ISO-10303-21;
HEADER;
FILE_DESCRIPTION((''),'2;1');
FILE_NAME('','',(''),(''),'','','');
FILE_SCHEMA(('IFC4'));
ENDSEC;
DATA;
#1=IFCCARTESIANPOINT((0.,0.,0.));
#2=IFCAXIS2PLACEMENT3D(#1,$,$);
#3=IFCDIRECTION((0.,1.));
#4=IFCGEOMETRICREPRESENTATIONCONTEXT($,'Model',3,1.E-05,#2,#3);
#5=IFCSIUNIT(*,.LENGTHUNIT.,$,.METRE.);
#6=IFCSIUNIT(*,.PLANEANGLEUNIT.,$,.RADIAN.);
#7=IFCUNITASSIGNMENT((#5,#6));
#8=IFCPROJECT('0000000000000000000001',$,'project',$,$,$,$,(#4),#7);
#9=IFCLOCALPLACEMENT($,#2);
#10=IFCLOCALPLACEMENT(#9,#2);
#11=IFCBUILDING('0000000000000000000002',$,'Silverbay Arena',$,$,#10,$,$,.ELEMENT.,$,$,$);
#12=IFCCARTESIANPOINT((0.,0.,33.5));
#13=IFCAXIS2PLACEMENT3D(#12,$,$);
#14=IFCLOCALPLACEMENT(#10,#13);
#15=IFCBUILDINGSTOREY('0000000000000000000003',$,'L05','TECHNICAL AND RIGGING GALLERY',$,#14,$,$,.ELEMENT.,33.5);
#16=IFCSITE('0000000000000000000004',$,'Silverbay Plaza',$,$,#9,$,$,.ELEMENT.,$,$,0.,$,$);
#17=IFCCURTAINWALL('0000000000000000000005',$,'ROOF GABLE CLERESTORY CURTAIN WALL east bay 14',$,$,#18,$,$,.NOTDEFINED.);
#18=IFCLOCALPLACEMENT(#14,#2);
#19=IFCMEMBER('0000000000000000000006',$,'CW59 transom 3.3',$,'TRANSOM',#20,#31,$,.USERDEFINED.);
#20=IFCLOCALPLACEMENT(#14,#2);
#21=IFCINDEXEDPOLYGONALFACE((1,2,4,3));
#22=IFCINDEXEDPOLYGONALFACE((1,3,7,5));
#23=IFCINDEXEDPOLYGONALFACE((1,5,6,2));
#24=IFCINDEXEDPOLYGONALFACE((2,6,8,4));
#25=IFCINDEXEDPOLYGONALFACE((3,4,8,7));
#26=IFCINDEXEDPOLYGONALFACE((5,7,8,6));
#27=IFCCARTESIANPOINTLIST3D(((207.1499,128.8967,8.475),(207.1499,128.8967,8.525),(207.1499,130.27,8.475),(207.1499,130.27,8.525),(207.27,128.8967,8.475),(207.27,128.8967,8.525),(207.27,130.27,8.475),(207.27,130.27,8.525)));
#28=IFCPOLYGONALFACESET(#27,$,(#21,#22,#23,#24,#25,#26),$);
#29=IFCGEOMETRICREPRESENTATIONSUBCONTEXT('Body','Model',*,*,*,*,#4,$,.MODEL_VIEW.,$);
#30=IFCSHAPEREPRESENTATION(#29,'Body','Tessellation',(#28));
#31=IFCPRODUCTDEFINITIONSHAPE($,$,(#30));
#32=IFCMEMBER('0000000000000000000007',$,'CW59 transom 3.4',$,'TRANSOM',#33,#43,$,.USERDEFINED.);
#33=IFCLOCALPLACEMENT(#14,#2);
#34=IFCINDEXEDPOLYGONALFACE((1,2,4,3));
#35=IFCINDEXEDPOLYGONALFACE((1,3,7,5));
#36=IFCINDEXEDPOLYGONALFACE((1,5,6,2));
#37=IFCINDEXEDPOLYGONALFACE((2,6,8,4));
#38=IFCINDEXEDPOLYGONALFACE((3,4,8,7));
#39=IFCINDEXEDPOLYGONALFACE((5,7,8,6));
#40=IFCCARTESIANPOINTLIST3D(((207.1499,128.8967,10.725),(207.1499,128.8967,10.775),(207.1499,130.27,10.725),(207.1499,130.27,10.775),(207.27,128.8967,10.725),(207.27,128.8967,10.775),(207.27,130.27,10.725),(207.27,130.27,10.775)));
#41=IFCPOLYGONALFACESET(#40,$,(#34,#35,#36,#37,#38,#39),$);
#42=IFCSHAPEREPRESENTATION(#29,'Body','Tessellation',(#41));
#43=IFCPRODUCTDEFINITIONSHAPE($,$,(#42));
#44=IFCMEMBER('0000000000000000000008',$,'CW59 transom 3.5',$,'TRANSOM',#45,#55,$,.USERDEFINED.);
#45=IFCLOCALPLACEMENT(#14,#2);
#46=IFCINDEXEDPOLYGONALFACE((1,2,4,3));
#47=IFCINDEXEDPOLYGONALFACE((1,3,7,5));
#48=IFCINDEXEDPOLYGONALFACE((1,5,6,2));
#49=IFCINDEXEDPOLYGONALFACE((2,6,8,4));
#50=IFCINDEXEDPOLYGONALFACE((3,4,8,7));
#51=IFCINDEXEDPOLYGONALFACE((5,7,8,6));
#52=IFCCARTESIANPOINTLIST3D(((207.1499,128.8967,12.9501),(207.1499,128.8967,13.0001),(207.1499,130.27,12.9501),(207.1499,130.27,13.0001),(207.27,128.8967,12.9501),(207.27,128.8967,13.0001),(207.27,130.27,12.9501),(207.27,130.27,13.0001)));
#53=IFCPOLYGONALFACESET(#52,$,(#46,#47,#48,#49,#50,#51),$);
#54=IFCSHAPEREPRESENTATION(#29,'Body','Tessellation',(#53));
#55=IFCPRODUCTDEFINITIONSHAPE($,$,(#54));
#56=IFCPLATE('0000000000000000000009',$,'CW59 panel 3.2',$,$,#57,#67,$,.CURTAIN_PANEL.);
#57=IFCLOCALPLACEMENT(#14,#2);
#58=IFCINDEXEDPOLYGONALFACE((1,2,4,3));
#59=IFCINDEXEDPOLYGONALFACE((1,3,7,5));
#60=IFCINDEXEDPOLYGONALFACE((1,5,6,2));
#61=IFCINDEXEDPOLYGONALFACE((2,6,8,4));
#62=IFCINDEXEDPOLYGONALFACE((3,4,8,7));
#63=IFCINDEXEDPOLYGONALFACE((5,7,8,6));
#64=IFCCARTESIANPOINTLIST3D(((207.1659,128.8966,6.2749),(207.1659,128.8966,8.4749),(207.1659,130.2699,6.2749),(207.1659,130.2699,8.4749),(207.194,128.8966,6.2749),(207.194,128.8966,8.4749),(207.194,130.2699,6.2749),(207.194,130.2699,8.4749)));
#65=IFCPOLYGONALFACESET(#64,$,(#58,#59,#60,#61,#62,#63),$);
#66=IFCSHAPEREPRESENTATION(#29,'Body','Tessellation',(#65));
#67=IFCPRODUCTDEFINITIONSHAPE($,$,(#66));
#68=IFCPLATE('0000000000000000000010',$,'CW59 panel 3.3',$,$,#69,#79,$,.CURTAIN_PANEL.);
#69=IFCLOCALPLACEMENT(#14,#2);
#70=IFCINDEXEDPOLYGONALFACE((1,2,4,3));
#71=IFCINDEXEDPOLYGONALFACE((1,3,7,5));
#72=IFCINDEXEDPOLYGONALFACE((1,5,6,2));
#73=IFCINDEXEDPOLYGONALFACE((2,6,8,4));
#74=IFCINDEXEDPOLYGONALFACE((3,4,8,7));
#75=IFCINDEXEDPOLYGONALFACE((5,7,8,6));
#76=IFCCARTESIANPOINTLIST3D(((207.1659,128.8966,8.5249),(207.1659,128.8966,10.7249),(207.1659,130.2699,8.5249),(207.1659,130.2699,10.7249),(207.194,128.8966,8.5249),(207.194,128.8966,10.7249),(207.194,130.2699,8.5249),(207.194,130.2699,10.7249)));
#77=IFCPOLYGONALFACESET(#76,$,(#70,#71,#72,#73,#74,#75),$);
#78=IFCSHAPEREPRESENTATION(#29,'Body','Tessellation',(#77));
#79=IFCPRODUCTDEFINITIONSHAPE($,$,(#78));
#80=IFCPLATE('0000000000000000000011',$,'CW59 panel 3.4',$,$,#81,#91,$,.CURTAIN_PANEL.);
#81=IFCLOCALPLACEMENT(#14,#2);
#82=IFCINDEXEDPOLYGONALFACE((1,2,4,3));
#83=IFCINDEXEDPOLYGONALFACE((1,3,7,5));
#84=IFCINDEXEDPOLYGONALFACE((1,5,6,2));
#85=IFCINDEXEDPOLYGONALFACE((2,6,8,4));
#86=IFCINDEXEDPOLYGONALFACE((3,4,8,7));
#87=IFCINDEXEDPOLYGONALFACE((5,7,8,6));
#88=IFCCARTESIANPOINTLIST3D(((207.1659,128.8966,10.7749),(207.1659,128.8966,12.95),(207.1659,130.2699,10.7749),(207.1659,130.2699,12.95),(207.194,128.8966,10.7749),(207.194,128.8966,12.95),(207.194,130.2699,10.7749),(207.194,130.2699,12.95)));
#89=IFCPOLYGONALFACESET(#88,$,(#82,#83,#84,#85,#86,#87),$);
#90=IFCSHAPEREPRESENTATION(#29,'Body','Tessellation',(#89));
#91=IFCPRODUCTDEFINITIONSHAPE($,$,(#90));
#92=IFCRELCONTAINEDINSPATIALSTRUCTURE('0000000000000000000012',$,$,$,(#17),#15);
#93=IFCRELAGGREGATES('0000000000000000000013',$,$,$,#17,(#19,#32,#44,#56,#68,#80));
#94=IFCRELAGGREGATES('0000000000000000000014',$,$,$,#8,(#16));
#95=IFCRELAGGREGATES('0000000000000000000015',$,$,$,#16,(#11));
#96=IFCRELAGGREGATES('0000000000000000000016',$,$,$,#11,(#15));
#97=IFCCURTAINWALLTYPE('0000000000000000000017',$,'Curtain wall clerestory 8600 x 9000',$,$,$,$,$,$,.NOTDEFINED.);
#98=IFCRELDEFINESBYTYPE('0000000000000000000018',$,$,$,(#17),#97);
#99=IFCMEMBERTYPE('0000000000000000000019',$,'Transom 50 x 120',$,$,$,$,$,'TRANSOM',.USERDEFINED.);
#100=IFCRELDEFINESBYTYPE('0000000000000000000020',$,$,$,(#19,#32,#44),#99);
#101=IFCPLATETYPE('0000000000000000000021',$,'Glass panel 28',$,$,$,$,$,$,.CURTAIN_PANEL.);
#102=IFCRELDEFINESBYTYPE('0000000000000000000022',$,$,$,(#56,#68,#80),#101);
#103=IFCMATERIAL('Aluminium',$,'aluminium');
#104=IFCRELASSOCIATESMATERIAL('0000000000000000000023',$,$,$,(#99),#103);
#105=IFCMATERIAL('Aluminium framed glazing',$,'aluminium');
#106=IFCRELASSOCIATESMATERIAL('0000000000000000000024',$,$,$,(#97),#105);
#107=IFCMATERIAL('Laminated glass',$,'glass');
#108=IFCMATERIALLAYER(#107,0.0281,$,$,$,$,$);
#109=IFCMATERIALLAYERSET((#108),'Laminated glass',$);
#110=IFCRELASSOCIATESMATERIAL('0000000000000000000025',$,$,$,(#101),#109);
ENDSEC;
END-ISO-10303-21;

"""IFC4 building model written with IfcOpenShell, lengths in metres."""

from ifc_helpers import new_model, si_unit, direction, frame, origin, origin_2d, place, context, subcontext, project, spatial, rectangle, extrude, material, layer, layer_set, material_profile, profile_set, type_object, element, aggregate, save


model = new_model("IFC4")

# Units and contexts
model_context = context("Model", 3, precision=1e-05, world=origin(), true_north=direction((0.0, 1.0)))
body_context = subcontext(model_context, "Body", "Model", "MODEL_VIEW")
ifc_project = project(units=[si_unit("LENGTHUNIT", "METRE"), si_unit("PLANEANGLEUNIT", "RADIAN")], contexts=[model_context])

# Site, building, storey
site_placement = place(None, origin())
site = spatial("IfcSite", under=ifc_project, at=site_placement, Name="Silverbay Plaza", CompositionType="ELEMENT", RefElevation=0.0)
building_placement = place(site_placement, origin())
building = spatial("IfcBuilding", under=site, at=building_placement, Name="Silverbay Arena", CompositionType="ELEMENT")
storey_placement = place(building_placement, frame((0.0, 0.0, 33.5)))
storey = spatial("IfcBuildingStorey", under=building, at=storey_placement, Name="L05", Description="TECHNICAL AND RIGGING GALLERY", CompositionType="ELEMENT", Elevation=33.5)

# Shared definitions
ifc_material_1 = material(Name="Aluminium", Category="aluminium")
ifc_material_profile_1 = material_profile(ifc_material_1, rectangle(XDim=0.1201, YDim=0.05, at=origin_2d()), Name="Transom 50 x 120")
ifc_profile_set_1 = profile_set([ifc_material_profile_1], Name="Aluminium")
member_type_1 = type_object("IfcMemberType", Name="Transom 50 x 120", ElementType="TRANSOM", PredefinedType="USERDEFINED", material=ifc_profile_set_1)

# Curtain wall, members, plates
ifc_material_2 = material(Name="Aluminium framed glazing", Category="aluminium")
curtain_wall_type_1 = type_object("IfcCurtainWallType", Name="Curtain wall clerestory 8600 x 9000", PredefinedType="NOTDEFINED", material=ifc_material_2)
curtain_wall_1_placement = place(storey_placement, origin())
curtain_wall_1 = element("IfcCurtainWall", 1, at=curtain_wall_1_placement, inside=storey, type_object=curtain_wall_type_1, Name="ROOF GABLE CLERESTORY CURTAIN WALL east bay 14", PredefinedType="NOTDEFINED")
member_1_placement = place(storey_placement, frame((207.21, 128.8967, 8.5), z_axis=(0.0, 1.0, 0.0), x_axis=(-1.0, 0.0, 0.0)))
member_1 = element("IfcMember", 2, at=member_1_placement, type_object=member_type_1, Name="CW59 transom 3.3", ObjectType="TRANSOM", PredefinedType="USERDEFINED", context=body_context, shape_type="SweptSolid", body=[
    extrude(rectangle(XDim=0.1201, YDim=0.05, at=origin_2d()), origin(), (0.0, 0.0, 1.0), 1.3733),
])
member_2_placement = place(storey_placement, frame((207.21, 128.8967, 10.75), z_axis=(0.0, 1.0, 0.0), x_axis=(-1.0, 0.0, 0.0)))
member_2 = element("IfcMember", 3, at=member_2_placement, type_object=member_type_1, Name="CW59 transom 3.4", ObjectType="TRANSOM", PredefinedType="USERDEFINED", context=body_context, shape_type="SweptSolid", body=[
    extrude(rectangle(XDim=0.1201, YDim=0.05, at=origin_2d()), origin(), (0.0, 0.0, 1.0), 1.3733),
])
member_3_placement = place(storey_placement, frame((207.21, 128.8967, 12.9751), z_axis=(0.0, 1.0, 0.0), x_axis=(-1.0, 0.0, 0.0)))
member_3 = element("IfcMember", 4, at=member_3_placement, type_object=member_type_1, Name="CW59 transom 3.5", ObjectType="TRANSOM", PredefinedType="USERDEFINED", context=body_context, shape_type="SweptSolid", body=[
    extrude(rectangle(XDim=0.1201, YDim=0.05, at=origin_2d()), origin(), (0.0, 0.0, 1.0), 1.3733),
])
ifc_material_3 = material(Name="Laminated glass", Category="glass")
ifc_layer = layer(ifc_material_3, 0.0281)
ifc_layer_set = layer_set([ifc_layer], Name="Laminated glass")
plate_type = type_object("IfcPlateType", Name="Glass panel 28", PredefinedType="CURTAIN_PANEL", material=ifc_layer_set)
plate_1_placement = place(storey_placement, frame((207.1799, 129.5833, 6.2749), z_axis=(0.0, 0.0, 1.0), x_axis=(0.0, 1.0, 0.0)))
plate_1 = element("IfcPlate", 5, at=plate_1_placement, type_object=plate_type, Name="CW59 panel 3.2", PredefinedType="CURTAIN_PANEL", context=body_context, shape_type="SweptSolid", body=[
    extrude(rectangle(XDim=1.3733, YDim=0.0281, at=origin_2d()), origin(), (0.0, 0.0, 1.0), 2.2),
])
plate_2_placement = place(storey_placement, frame((207.1799, 129.5833, 8.5249), z_axis=(0.0, 0.0, 1.0), x_axis=(0.0, 1.0, 0.0)))
plate_2 = element("IfcPlate", 6, at=plate_2_placement, type_object=plate_type, Name="CW59 panel 3.3", PredefinedType="CURTAIN_PANEL", context=body_context, shape_type="SweptSolid", body=[
    extrude(rectangle(XDim=1.3733, YDim=0.0281, at=origin_2d()), origin(), (0.0, 0.0, 1.0), 2.2),
])
plate_3_placement = place(storey_placement, frame((207.1799, 129.5833, 10.7749), z_axis=(0.0, 0.0, 1.0), x_axis=(0.0, 1.0, 0.0)))
plate_3 = element("IfcPlate", 7, at=plate_3_placement, type_object=plate_type, Name="CW59 panel 3.4", PredefinedType="CURTAIN_PANEL", context=body_context, shape_type="SweptSolid", body=[
    extrude(rectangle(XDim=1.3733, YDim=0.0281, at=origin_2d()), origin(), (0.0, 0.0, 1.0), 2.175),
])
aggregate(curtain_wall_1, [member_1, member_2, member_3, plate_1, plate_2, plate_3])

save(model, "model.ifc")
